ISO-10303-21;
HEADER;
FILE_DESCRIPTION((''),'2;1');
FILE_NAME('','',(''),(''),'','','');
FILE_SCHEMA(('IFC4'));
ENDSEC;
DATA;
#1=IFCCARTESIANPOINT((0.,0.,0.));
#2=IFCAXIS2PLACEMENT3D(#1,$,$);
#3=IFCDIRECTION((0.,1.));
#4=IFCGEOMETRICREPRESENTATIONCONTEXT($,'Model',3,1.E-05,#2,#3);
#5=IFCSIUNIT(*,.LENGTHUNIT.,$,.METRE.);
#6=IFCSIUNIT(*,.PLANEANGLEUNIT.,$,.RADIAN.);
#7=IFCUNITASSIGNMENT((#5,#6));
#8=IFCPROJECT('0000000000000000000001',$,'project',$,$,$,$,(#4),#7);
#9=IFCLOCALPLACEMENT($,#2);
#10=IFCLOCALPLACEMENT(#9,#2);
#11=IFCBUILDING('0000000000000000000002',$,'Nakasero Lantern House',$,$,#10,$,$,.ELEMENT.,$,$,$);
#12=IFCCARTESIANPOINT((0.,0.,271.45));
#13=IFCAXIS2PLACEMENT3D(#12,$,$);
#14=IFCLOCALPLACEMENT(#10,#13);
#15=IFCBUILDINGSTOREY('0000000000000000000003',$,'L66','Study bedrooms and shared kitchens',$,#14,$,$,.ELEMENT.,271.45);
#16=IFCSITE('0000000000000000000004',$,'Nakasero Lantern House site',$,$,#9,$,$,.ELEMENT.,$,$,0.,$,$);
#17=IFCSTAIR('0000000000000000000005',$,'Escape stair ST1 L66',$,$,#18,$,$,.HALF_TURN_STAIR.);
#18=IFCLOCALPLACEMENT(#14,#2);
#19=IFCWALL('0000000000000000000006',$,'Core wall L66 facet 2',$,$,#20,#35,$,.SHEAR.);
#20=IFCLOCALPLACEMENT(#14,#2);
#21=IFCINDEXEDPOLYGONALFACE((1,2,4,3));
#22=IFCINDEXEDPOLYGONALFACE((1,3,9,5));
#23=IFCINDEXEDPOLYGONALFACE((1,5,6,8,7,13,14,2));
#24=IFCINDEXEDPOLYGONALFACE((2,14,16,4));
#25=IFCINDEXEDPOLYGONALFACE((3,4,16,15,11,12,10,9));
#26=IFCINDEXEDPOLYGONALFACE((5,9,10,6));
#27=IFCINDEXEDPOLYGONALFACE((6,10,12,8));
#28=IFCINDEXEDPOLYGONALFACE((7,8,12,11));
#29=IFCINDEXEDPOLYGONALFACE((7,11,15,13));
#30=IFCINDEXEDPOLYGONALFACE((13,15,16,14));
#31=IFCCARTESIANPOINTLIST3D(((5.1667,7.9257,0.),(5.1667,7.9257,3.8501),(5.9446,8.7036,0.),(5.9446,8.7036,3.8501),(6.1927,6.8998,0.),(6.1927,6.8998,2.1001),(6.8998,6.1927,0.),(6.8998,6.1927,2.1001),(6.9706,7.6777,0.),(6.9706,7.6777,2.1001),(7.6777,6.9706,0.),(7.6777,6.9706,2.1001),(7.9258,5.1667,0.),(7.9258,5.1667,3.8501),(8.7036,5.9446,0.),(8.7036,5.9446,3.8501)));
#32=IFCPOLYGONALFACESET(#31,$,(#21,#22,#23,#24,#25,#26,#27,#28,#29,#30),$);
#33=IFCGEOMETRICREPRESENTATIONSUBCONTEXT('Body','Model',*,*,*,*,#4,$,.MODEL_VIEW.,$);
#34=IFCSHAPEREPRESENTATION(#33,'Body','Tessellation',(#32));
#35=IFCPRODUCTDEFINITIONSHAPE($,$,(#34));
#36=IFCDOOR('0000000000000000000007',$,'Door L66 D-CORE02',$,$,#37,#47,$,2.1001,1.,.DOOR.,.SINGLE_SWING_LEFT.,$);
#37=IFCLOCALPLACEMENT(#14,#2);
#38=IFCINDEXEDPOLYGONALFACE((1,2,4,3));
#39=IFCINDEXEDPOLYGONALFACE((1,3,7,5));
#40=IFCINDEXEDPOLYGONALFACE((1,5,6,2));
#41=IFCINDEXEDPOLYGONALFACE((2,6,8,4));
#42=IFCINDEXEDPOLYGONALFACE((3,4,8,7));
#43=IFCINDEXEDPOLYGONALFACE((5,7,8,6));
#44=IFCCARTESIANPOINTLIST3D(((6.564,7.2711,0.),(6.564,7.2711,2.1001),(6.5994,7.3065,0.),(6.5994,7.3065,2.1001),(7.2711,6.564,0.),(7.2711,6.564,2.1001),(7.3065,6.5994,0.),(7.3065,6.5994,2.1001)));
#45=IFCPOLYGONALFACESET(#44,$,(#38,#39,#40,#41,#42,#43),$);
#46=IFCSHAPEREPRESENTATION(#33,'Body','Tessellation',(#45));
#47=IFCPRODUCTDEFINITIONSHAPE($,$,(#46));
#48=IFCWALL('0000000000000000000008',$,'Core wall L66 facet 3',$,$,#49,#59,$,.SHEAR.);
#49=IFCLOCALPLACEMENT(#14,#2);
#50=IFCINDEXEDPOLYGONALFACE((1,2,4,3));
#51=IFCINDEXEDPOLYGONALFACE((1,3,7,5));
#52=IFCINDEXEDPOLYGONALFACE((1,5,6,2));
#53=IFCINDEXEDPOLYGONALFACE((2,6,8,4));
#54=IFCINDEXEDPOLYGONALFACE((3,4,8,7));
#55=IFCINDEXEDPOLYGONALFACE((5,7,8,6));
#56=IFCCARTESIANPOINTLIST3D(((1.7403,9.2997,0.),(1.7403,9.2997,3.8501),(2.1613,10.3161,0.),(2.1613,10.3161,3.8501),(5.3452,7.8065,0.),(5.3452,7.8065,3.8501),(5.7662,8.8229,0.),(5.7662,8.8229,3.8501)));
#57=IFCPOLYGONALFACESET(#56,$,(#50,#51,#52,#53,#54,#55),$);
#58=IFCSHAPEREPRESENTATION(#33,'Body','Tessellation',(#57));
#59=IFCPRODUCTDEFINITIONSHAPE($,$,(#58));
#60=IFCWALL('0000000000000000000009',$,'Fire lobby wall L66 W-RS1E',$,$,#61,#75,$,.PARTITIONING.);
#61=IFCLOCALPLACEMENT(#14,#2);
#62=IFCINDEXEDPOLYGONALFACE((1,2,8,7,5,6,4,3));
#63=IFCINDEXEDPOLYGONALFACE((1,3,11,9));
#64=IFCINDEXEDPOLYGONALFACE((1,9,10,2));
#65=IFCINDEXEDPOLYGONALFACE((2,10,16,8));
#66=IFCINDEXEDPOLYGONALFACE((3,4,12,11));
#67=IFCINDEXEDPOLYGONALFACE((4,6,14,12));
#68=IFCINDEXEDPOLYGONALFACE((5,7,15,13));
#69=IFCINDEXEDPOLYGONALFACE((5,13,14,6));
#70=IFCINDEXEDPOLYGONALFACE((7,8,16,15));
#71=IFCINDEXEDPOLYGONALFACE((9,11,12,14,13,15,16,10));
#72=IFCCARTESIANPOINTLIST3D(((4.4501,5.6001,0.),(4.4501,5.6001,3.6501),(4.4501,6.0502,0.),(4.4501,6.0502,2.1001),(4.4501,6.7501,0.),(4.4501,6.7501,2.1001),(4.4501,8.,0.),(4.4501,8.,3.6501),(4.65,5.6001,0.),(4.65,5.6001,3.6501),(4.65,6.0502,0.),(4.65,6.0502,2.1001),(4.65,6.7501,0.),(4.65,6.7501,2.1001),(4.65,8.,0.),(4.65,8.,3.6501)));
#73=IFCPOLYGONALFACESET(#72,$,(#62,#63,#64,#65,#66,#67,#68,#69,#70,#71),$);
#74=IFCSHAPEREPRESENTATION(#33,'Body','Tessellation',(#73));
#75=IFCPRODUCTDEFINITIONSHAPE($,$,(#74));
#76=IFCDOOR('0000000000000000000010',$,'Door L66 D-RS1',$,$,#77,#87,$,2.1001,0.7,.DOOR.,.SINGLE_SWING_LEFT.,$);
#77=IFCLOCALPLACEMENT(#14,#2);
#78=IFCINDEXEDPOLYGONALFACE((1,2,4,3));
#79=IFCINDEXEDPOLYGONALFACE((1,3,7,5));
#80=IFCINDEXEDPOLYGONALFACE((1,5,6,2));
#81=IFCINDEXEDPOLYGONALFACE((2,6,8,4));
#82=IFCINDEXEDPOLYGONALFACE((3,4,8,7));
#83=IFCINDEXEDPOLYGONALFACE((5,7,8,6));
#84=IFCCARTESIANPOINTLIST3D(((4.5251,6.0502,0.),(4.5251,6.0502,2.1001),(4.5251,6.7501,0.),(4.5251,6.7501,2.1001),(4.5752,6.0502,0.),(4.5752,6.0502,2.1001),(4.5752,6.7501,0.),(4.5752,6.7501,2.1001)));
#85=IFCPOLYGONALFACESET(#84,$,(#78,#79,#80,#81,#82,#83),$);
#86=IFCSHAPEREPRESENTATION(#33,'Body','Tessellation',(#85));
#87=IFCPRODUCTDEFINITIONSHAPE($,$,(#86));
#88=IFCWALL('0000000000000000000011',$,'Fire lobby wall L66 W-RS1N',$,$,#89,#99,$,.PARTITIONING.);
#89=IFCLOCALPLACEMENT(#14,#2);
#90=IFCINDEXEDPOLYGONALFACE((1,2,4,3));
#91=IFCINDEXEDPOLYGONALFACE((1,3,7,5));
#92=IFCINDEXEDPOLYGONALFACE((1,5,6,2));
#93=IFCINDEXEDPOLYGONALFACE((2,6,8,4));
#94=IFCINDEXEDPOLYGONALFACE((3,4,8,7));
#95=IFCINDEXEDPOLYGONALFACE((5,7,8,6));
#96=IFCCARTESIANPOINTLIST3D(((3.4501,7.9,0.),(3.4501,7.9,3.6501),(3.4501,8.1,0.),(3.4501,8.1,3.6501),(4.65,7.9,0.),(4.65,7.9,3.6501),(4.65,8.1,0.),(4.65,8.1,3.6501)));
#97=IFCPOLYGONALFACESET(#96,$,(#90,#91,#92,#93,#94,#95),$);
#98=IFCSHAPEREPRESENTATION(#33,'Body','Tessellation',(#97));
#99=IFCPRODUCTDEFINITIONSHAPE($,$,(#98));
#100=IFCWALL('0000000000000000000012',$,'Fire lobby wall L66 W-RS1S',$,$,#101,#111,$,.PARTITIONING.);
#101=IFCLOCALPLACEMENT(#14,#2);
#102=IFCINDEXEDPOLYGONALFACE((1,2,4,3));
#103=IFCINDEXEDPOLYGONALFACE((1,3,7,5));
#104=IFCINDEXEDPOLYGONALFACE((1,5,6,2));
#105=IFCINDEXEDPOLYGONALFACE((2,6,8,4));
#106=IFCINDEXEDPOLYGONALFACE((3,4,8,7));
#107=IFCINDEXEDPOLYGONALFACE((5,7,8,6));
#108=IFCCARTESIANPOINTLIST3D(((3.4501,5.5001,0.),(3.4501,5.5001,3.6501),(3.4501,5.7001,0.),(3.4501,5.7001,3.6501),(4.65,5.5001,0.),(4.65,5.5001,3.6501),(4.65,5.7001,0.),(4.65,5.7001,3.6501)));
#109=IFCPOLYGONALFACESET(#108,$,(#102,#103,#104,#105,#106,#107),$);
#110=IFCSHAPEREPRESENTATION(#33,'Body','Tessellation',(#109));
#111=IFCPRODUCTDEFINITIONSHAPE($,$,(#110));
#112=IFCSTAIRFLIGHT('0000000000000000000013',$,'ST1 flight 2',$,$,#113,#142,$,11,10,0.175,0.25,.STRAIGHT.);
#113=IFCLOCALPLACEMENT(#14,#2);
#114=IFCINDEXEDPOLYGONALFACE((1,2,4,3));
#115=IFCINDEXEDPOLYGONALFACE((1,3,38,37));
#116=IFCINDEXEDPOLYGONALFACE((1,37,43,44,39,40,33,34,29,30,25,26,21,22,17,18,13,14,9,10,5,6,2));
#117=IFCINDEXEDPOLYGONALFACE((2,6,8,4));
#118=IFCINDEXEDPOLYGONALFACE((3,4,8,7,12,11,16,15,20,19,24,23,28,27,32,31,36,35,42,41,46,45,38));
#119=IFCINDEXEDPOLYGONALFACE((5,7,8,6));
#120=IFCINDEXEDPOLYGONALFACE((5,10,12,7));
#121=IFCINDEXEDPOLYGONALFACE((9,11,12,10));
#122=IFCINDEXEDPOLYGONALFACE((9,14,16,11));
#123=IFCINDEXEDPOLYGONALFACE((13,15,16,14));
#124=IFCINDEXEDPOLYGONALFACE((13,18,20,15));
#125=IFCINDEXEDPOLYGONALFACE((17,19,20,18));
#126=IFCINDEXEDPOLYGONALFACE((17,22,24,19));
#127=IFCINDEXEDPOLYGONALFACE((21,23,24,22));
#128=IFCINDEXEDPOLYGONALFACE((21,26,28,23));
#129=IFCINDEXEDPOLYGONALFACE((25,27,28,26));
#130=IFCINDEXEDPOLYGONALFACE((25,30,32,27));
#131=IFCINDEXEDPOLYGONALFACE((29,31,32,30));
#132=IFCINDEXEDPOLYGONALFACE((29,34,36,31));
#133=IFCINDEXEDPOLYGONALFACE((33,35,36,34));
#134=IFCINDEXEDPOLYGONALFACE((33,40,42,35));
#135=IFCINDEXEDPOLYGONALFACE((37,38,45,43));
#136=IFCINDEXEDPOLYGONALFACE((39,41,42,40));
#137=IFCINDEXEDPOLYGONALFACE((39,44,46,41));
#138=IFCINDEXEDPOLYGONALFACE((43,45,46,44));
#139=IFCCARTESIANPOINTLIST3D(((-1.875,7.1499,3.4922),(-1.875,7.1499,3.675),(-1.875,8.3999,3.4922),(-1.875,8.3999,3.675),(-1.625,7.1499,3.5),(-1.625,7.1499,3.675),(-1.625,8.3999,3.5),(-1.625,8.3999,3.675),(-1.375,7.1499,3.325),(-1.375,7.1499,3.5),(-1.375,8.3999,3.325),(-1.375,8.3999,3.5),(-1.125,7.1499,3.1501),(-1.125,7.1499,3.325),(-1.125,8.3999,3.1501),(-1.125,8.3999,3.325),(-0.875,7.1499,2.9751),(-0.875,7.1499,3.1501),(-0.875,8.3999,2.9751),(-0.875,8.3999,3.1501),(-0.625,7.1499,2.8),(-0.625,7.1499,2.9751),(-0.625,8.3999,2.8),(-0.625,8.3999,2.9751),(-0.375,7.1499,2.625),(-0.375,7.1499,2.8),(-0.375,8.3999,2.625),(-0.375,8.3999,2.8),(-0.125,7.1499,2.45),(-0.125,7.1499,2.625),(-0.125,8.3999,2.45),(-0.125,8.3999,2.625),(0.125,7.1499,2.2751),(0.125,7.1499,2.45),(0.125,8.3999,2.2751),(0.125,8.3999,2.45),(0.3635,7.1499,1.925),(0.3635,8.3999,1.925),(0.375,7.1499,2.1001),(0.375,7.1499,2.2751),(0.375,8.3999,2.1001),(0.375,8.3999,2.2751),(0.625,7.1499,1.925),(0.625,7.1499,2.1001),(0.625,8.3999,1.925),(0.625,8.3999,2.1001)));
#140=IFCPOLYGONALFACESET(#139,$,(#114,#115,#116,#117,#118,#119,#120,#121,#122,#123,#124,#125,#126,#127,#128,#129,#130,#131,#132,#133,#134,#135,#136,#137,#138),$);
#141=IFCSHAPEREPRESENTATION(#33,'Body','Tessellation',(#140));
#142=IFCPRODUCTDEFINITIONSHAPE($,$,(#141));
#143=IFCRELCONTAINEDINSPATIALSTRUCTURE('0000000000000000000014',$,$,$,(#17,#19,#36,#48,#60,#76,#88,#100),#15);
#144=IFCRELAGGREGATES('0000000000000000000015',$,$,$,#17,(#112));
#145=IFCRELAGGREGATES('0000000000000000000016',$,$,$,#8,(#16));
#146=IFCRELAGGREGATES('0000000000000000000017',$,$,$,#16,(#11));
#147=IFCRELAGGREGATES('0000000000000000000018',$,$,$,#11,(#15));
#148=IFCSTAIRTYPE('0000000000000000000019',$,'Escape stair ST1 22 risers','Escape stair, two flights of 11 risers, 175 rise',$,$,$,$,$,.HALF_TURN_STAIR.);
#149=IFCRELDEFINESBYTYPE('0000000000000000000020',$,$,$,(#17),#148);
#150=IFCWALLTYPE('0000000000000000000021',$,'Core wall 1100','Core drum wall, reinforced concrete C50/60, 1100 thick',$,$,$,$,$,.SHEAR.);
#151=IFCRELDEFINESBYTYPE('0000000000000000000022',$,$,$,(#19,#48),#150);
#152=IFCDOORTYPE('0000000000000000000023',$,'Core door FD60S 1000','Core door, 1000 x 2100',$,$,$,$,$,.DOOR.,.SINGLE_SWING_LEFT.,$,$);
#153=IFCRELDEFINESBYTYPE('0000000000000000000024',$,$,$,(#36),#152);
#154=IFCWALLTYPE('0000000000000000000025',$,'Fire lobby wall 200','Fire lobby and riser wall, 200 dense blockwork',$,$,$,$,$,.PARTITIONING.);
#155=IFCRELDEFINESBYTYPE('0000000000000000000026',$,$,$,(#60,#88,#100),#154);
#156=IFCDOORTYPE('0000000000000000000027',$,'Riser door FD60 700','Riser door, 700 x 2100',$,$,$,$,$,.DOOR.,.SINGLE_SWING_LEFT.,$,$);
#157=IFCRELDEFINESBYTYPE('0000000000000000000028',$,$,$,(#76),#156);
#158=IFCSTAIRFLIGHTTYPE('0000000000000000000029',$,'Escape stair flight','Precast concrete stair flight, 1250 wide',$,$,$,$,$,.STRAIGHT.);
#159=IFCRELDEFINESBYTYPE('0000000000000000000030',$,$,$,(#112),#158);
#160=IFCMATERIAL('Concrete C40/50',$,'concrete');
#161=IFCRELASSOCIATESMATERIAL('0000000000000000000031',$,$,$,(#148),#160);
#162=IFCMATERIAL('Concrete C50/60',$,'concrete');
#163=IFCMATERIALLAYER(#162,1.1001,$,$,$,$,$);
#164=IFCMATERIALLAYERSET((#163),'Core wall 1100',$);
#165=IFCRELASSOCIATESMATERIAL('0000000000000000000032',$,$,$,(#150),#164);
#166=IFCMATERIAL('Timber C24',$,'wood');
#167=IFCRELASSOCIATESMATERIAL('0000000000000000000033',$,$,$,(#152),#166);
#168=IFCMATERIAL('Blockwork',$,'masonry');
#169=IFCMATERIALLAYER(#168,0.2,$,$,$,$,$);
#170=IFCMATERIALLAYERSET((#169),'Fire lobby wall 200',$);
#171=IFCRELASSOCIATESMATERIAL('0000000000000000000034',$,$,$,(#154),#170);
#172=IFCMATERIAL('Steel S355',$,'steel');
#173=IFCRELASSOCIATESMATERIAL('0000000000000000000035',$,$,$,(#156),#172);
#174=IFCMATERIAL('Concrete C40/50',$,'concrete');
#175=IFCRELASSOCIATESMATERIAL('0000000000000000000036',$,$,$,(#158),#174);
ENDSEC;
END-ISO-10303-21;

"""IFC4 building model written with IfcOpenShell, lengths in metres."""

from ifc_helpers import new_model, si_unit, direction, frame, frame_2d, origin, place, context, subcontext, project, spatial, polyline, rectangle, outline, extrude, material, layer, layer_set, type_object, element, fill, aggregate, save


model = new_model("IFC4")

# Units and contexts
model_context = context("Model", 3, precision=1e-05, world=origin(), true_north=direction((0.0, 1.0)))
body_context = subcontext(model_context, "Body", "Model", "MODEL_VIEW")
ifc_project = project(units=[si_unit("LENGTHUNIT", "METRE"), si_unit("PLANEANGLEUNIT", "RADIAN")], contexts=[model_context])

# Site, building, storey
site_placement = place(None, origin())
site = spatial("IfcSite", under=ifc_project, at=site_placement, Name="Nakasero Lantern House site", CompositionType="ELEMENT", RefElevation=0.0)
building_placement = place(site_placement, origin())
building = spatial("IfcBuilding", under=site, at=building_placement, Name="Nakasero Lantern House", CompositionType="ELEMENT")
storey_placement = place(building_placement, frame((0.0, 0.0, 271.45)))
storey = spatial("IfcBuildingStorey", under=building, at=storey_placement, Name="L66", Description="Study bedrooms and shared kitchens", CompositionType="ELEMENT", Elevation=271.45)

# Stair
ifc_material_1 = material(Name="Concrete C40/50", Category="concrete")
stair_type_1 = type_object("IfcStairType", Name="Escape stair ST1 22 risers", Description="Escape stair, two flights of 11 risers, 175 rise", PredefinedType="HALF_TURN_STAIR", material=ifc_material_1)
stair_1_placement = place(storey_placement, origin())
stair_1 = element("IfcStair", 1, at=stair_1_placement, inside=storey, type_object=stair_type_1, Name="Escape stair ST1 L66", PredefinedType="HALF_TURN_STAIR")

# Shared definitions
ifc_material_2 = material(Name="Concrete C50/60", Category="concrete")
ifc_layer_1 = layer(ifc_material_2, 1.1001)
ifc_layer_set_1 = layer_set([ifc_layer_1], Name="Core wall 1100")
wall_type_1 = type_object("IfcWallType", Name="Core wall 1100", Description="Core drum wall, reinforced concrete C50/60, 1100 thick", PredefinedType="SHEAR", material=ifc_layer_set_1)

# Wall, opening, door
wall_1_placement = place(storey_placement, frame((8.3147, 5.5557, 0.0), z_axis=(0.0, 0.0, 1.0), x_axis=(-0.707107, 0.707107, 0.0)))
wall_1 = element("IfcWall", 2, at=wall_1_placement, inside=storey, type_object=wall_type_1, Name="Core wall L66 facet 2", PredefinedType="SHEAR", context=body_context, shape_type="SweptSolid", body=[
    extrude(rectangle(XDim=3.9019, YDim=1.1001, at=frame_2d((1.9509, 0.0))), origin(), (0.0, 0.0, 1.0), 3.8501),
])
opening_1_placement = place(wall_1_placement, frame((1.4509, 0.0, 0.0)))
opening_1 = element("IfcOpeningElement", 3, at=opening_1_placement, cuts=wall_1, PredefinedType="OPENING", context=body_context, shape_type="SweptSolid", body=[
    extrude(rectangle(XDim=1.0, YDim=2.1001, at=frame_2d((0.5, 1.05))), frame((0.0, 0.5701, 0.0), z_axis=(0.0, -1.0, 0.0), x_axis=(1.0, 0.0, 0.0)), (0.0, 0.0, 1.0), 1.1401),
])
ifc_material_3 = material(Name="Timber C24", Category="wood")
door_type_1 = type_object("IfcDoorType", Name="Core door FD60S 1000", Description="Core door, 1000 x 2100", OperationType="SINGLE_SWING_LEFT", PredefinedType="DOOR", material=ifc_material_3)
door_1_placement = place(opening_1_placement, origin())
door_1 = element("IfcDoor", 4, at=door_1_placement, inside=storey, type_object=door_type_1, Name="Door L66 D-CORE02", OperationType="SINGLE_SWING_LEFT", OverallHeight=2.1001, OverallWidth=1.0, PredefinedType="DOOR", context=body_context, shape_type="SweptSolid", body=[
    extrude(rectangle(XDim=1.0, YDim=2.1001, at=frame_2d((0.5, 1.05))), frame((0.0, 0.0249, 0.0), z_axis=(0.0, -1.0, 0.0), x_axis=(1.0, 0.0, 0.0)), (0.0, 0.0, 1.0), 0.05),
])
fill(opening_1, door_1)

# Wall
wall_2_placement = place(storey_placement, frame((5.5557, 8.3147, 0.0), z_axis=(0.0, 0.0, 1.0), x_axis=(-0.923877, 0.382691, 0.0)))
element("IfcWall", 5, at=wall_2_placement, inside=storey, type_object=wall_type_1, Name="Core wall L66 facet 3", PredefinedType="SHEAR", context=body_context, shape_type="SweptSolid", body=[
    extrude(rectangle(XDim=3.9019, YDim=1.1001, at=frame_2d((1.9509, 0.0))), origin(), (0.0, 0.0, 1.0), 3.8501),
])

# Wall, opening, door
ifc_material_4 = material(Name="Blockwork", Category="masonry")
ifc_layer_2 = layer(ifc_material_4, 0.2)
ifc_layer_set_2 = layer_set([ifc_layer_2], Name="Fire lobby wall 200")
wall_type_2 = type_object("IfcWallType", Name="Fire lobby wall 200", Description="Fire lobby and riser wall, 200 dense blockwork", PredefinedType="PARTITIONING", material=ifc_layer_set_2)
wall_3_placement = place(storey_placement, frame((4.55, 5.6001, 0.0), z_axis=(0.0, 0.0, 1.0), x_axis=(0.0, 1.0, 0.0)))
wall_3 = element("IfcWall", 6, at=wall_3_placement, inside=storey, type_object=wall_type_2, Name="Fire lobby wall L66 W-RS1E", PredefinedType="PARTITIONING", context=body_context, shape_type="SweptSolid", body=[
    extrude(rectangle(XDim=2.3999, YDim=0.2, at=frame_2d((1.2, 0.0))), origin(), (0.0, 0.0, 1.0), 3.6501),
])
opening_2_placement = place(wall_3_placement, frame((0.45, 0.0, 0.0)))
opening_2 = element("IfcOpeningElement", 7, at=opening_2_placement, cuts=wall_3, PredefinedType="OPENING", context=body_context, shape_type="SweptSolid", body=[
    extrude(rectangle(XDim=0.7, YDim=2.1001, at=frame_2d((0.3501, 1.05))), frame((0.0, 0.1199, 0.0), z_axis=(0.0, -1.0, 0.0), x_axis=(1.0, 0.0, 0.0)), (0.0, 0.0, 1.0), 0.24),
])
ifc_material_5 = material(Name="Steel S355", Category="steel")
door_type_2 = type_object("IfcDoorType", Name="Riser door FD60 700", Description="Riser door, 700 x 2100", OperationType="SINGLE_SWING_LEFT", PredefinedType="DOOR", material=ifc_material_5)
door_2_placement = place(opening_2_placement, origin())
door_2 = element("IfcDoor", 8, at=door_2_placement, inside=storey, type_object=door_type_2, Name="Door L66 D-RS1", OperationType="SINGLE_SWING_LEFT", OverallHeight=2.1001, OverallWidth=0.7, PredefinedType="DOOR", context=body_context, shape_type="SweptSolid", body=[
    extrude(rectangle(XDim=0.7, YDim=2.1001, at=frame_2d((0.3501, 1.05))), frame((0.0, 0.0249, 0.0), z_axis=(0.0, -1.0, 0.0), x_axis=(1.0, 0.0, 0.0)), (0.0, 0.0, 1.0), 0.05),
])
fill(opening_2, door_2)

# Walls
for number, where, z_axis, x_axis, name in (
    (9, (3.45, 8.0, 0.0), (0.0, 0.0, 1.0), (1.0, 0.0, 0.0), "Fire lobby wall L66 W-RS1N"),
    (10, (3.45, 5.6001, 0.0), (0.0, 0.0, 1.0), (1.0, 0.0, 0.0), "Fire lobby wall L66 W-RS1S"),
):
    element("IfcWall", number, at=place(storey_placement, frame(where, z_axis=z_axis, x_axis=x_axis)), inside=storey, type_object=wall_type_2, Name=name, PredefinedType="PARTITIONING", context=body_context, shape_type="SweptSolid", body=[
        extrude(rectangle(XDim=1.2, YDim=0.2, at=frame_2d((0.6001, 0.0))), origin(), (0.0, 0.0, 1.0), 3.6501),
    ])

# Stair flight
ifc_material_6 = material(Name="Concrete C40/50", Category="concrete")
stair_flight_type = type_object("IfcStairFlightType", Name="Escape stair flight", Description="Precast concrete stair flight, 1250 wide", PredefinedType="STRAIGHT", material=ifc_material_6)
stair_flight_placement = place(storey_placement, frame((0.625, 7.7749, 1.925), z_axis=(0.0, 0.0, 1.0), x_axis=(-1.0, 0.0, 0.0)))
stair_flight = element("IfcStairFlight", 11, at=stair_flight_placement, type_object=stair_flight_type, Name="ST1 flight 2", NumberOfRisers=11, NumberOfTreads=10, PredefinedType="STRAIGHT", RiserHeight=0.175, TreadLength=0.25, context=body_context, shape_type="SweptSolid", body=[
    extrude(outline(polyline([(0.0, 0.0), (0.0, 0.175), (0.25, 0.175), (0.25, 0.3501), (0.5, 0.3501), (0.5, 0.5249), (0.75, 0.5249), (0.75, 0.7), (1.0, 0.7), (1.0, 0.875), (1.25, 0.875), (1.25, 1.05), (1.5, 1.05), (1.5, 1.2251), (1.75, 1.2251), (1.75, 1.3999), (2.0, 1.3999), (2.0, 1.575), (2.25, 1.575), (2.25, 1.75), (2.5, 1.75), (2.5, 1.925), (2.5, 1.5671), (0.2615, 0.0), (0.0, 0.0)])), frame((0.0, 0.625, 0.0), z_axis=(0.0, -1.0, 0.0), x_axis=(1.0, 0.0, 0.0)), (0.0, 0.0, 1.0), 1.25),
])
aggregate(stair_1, [stair_flight])

save(model, "model.ifc")
